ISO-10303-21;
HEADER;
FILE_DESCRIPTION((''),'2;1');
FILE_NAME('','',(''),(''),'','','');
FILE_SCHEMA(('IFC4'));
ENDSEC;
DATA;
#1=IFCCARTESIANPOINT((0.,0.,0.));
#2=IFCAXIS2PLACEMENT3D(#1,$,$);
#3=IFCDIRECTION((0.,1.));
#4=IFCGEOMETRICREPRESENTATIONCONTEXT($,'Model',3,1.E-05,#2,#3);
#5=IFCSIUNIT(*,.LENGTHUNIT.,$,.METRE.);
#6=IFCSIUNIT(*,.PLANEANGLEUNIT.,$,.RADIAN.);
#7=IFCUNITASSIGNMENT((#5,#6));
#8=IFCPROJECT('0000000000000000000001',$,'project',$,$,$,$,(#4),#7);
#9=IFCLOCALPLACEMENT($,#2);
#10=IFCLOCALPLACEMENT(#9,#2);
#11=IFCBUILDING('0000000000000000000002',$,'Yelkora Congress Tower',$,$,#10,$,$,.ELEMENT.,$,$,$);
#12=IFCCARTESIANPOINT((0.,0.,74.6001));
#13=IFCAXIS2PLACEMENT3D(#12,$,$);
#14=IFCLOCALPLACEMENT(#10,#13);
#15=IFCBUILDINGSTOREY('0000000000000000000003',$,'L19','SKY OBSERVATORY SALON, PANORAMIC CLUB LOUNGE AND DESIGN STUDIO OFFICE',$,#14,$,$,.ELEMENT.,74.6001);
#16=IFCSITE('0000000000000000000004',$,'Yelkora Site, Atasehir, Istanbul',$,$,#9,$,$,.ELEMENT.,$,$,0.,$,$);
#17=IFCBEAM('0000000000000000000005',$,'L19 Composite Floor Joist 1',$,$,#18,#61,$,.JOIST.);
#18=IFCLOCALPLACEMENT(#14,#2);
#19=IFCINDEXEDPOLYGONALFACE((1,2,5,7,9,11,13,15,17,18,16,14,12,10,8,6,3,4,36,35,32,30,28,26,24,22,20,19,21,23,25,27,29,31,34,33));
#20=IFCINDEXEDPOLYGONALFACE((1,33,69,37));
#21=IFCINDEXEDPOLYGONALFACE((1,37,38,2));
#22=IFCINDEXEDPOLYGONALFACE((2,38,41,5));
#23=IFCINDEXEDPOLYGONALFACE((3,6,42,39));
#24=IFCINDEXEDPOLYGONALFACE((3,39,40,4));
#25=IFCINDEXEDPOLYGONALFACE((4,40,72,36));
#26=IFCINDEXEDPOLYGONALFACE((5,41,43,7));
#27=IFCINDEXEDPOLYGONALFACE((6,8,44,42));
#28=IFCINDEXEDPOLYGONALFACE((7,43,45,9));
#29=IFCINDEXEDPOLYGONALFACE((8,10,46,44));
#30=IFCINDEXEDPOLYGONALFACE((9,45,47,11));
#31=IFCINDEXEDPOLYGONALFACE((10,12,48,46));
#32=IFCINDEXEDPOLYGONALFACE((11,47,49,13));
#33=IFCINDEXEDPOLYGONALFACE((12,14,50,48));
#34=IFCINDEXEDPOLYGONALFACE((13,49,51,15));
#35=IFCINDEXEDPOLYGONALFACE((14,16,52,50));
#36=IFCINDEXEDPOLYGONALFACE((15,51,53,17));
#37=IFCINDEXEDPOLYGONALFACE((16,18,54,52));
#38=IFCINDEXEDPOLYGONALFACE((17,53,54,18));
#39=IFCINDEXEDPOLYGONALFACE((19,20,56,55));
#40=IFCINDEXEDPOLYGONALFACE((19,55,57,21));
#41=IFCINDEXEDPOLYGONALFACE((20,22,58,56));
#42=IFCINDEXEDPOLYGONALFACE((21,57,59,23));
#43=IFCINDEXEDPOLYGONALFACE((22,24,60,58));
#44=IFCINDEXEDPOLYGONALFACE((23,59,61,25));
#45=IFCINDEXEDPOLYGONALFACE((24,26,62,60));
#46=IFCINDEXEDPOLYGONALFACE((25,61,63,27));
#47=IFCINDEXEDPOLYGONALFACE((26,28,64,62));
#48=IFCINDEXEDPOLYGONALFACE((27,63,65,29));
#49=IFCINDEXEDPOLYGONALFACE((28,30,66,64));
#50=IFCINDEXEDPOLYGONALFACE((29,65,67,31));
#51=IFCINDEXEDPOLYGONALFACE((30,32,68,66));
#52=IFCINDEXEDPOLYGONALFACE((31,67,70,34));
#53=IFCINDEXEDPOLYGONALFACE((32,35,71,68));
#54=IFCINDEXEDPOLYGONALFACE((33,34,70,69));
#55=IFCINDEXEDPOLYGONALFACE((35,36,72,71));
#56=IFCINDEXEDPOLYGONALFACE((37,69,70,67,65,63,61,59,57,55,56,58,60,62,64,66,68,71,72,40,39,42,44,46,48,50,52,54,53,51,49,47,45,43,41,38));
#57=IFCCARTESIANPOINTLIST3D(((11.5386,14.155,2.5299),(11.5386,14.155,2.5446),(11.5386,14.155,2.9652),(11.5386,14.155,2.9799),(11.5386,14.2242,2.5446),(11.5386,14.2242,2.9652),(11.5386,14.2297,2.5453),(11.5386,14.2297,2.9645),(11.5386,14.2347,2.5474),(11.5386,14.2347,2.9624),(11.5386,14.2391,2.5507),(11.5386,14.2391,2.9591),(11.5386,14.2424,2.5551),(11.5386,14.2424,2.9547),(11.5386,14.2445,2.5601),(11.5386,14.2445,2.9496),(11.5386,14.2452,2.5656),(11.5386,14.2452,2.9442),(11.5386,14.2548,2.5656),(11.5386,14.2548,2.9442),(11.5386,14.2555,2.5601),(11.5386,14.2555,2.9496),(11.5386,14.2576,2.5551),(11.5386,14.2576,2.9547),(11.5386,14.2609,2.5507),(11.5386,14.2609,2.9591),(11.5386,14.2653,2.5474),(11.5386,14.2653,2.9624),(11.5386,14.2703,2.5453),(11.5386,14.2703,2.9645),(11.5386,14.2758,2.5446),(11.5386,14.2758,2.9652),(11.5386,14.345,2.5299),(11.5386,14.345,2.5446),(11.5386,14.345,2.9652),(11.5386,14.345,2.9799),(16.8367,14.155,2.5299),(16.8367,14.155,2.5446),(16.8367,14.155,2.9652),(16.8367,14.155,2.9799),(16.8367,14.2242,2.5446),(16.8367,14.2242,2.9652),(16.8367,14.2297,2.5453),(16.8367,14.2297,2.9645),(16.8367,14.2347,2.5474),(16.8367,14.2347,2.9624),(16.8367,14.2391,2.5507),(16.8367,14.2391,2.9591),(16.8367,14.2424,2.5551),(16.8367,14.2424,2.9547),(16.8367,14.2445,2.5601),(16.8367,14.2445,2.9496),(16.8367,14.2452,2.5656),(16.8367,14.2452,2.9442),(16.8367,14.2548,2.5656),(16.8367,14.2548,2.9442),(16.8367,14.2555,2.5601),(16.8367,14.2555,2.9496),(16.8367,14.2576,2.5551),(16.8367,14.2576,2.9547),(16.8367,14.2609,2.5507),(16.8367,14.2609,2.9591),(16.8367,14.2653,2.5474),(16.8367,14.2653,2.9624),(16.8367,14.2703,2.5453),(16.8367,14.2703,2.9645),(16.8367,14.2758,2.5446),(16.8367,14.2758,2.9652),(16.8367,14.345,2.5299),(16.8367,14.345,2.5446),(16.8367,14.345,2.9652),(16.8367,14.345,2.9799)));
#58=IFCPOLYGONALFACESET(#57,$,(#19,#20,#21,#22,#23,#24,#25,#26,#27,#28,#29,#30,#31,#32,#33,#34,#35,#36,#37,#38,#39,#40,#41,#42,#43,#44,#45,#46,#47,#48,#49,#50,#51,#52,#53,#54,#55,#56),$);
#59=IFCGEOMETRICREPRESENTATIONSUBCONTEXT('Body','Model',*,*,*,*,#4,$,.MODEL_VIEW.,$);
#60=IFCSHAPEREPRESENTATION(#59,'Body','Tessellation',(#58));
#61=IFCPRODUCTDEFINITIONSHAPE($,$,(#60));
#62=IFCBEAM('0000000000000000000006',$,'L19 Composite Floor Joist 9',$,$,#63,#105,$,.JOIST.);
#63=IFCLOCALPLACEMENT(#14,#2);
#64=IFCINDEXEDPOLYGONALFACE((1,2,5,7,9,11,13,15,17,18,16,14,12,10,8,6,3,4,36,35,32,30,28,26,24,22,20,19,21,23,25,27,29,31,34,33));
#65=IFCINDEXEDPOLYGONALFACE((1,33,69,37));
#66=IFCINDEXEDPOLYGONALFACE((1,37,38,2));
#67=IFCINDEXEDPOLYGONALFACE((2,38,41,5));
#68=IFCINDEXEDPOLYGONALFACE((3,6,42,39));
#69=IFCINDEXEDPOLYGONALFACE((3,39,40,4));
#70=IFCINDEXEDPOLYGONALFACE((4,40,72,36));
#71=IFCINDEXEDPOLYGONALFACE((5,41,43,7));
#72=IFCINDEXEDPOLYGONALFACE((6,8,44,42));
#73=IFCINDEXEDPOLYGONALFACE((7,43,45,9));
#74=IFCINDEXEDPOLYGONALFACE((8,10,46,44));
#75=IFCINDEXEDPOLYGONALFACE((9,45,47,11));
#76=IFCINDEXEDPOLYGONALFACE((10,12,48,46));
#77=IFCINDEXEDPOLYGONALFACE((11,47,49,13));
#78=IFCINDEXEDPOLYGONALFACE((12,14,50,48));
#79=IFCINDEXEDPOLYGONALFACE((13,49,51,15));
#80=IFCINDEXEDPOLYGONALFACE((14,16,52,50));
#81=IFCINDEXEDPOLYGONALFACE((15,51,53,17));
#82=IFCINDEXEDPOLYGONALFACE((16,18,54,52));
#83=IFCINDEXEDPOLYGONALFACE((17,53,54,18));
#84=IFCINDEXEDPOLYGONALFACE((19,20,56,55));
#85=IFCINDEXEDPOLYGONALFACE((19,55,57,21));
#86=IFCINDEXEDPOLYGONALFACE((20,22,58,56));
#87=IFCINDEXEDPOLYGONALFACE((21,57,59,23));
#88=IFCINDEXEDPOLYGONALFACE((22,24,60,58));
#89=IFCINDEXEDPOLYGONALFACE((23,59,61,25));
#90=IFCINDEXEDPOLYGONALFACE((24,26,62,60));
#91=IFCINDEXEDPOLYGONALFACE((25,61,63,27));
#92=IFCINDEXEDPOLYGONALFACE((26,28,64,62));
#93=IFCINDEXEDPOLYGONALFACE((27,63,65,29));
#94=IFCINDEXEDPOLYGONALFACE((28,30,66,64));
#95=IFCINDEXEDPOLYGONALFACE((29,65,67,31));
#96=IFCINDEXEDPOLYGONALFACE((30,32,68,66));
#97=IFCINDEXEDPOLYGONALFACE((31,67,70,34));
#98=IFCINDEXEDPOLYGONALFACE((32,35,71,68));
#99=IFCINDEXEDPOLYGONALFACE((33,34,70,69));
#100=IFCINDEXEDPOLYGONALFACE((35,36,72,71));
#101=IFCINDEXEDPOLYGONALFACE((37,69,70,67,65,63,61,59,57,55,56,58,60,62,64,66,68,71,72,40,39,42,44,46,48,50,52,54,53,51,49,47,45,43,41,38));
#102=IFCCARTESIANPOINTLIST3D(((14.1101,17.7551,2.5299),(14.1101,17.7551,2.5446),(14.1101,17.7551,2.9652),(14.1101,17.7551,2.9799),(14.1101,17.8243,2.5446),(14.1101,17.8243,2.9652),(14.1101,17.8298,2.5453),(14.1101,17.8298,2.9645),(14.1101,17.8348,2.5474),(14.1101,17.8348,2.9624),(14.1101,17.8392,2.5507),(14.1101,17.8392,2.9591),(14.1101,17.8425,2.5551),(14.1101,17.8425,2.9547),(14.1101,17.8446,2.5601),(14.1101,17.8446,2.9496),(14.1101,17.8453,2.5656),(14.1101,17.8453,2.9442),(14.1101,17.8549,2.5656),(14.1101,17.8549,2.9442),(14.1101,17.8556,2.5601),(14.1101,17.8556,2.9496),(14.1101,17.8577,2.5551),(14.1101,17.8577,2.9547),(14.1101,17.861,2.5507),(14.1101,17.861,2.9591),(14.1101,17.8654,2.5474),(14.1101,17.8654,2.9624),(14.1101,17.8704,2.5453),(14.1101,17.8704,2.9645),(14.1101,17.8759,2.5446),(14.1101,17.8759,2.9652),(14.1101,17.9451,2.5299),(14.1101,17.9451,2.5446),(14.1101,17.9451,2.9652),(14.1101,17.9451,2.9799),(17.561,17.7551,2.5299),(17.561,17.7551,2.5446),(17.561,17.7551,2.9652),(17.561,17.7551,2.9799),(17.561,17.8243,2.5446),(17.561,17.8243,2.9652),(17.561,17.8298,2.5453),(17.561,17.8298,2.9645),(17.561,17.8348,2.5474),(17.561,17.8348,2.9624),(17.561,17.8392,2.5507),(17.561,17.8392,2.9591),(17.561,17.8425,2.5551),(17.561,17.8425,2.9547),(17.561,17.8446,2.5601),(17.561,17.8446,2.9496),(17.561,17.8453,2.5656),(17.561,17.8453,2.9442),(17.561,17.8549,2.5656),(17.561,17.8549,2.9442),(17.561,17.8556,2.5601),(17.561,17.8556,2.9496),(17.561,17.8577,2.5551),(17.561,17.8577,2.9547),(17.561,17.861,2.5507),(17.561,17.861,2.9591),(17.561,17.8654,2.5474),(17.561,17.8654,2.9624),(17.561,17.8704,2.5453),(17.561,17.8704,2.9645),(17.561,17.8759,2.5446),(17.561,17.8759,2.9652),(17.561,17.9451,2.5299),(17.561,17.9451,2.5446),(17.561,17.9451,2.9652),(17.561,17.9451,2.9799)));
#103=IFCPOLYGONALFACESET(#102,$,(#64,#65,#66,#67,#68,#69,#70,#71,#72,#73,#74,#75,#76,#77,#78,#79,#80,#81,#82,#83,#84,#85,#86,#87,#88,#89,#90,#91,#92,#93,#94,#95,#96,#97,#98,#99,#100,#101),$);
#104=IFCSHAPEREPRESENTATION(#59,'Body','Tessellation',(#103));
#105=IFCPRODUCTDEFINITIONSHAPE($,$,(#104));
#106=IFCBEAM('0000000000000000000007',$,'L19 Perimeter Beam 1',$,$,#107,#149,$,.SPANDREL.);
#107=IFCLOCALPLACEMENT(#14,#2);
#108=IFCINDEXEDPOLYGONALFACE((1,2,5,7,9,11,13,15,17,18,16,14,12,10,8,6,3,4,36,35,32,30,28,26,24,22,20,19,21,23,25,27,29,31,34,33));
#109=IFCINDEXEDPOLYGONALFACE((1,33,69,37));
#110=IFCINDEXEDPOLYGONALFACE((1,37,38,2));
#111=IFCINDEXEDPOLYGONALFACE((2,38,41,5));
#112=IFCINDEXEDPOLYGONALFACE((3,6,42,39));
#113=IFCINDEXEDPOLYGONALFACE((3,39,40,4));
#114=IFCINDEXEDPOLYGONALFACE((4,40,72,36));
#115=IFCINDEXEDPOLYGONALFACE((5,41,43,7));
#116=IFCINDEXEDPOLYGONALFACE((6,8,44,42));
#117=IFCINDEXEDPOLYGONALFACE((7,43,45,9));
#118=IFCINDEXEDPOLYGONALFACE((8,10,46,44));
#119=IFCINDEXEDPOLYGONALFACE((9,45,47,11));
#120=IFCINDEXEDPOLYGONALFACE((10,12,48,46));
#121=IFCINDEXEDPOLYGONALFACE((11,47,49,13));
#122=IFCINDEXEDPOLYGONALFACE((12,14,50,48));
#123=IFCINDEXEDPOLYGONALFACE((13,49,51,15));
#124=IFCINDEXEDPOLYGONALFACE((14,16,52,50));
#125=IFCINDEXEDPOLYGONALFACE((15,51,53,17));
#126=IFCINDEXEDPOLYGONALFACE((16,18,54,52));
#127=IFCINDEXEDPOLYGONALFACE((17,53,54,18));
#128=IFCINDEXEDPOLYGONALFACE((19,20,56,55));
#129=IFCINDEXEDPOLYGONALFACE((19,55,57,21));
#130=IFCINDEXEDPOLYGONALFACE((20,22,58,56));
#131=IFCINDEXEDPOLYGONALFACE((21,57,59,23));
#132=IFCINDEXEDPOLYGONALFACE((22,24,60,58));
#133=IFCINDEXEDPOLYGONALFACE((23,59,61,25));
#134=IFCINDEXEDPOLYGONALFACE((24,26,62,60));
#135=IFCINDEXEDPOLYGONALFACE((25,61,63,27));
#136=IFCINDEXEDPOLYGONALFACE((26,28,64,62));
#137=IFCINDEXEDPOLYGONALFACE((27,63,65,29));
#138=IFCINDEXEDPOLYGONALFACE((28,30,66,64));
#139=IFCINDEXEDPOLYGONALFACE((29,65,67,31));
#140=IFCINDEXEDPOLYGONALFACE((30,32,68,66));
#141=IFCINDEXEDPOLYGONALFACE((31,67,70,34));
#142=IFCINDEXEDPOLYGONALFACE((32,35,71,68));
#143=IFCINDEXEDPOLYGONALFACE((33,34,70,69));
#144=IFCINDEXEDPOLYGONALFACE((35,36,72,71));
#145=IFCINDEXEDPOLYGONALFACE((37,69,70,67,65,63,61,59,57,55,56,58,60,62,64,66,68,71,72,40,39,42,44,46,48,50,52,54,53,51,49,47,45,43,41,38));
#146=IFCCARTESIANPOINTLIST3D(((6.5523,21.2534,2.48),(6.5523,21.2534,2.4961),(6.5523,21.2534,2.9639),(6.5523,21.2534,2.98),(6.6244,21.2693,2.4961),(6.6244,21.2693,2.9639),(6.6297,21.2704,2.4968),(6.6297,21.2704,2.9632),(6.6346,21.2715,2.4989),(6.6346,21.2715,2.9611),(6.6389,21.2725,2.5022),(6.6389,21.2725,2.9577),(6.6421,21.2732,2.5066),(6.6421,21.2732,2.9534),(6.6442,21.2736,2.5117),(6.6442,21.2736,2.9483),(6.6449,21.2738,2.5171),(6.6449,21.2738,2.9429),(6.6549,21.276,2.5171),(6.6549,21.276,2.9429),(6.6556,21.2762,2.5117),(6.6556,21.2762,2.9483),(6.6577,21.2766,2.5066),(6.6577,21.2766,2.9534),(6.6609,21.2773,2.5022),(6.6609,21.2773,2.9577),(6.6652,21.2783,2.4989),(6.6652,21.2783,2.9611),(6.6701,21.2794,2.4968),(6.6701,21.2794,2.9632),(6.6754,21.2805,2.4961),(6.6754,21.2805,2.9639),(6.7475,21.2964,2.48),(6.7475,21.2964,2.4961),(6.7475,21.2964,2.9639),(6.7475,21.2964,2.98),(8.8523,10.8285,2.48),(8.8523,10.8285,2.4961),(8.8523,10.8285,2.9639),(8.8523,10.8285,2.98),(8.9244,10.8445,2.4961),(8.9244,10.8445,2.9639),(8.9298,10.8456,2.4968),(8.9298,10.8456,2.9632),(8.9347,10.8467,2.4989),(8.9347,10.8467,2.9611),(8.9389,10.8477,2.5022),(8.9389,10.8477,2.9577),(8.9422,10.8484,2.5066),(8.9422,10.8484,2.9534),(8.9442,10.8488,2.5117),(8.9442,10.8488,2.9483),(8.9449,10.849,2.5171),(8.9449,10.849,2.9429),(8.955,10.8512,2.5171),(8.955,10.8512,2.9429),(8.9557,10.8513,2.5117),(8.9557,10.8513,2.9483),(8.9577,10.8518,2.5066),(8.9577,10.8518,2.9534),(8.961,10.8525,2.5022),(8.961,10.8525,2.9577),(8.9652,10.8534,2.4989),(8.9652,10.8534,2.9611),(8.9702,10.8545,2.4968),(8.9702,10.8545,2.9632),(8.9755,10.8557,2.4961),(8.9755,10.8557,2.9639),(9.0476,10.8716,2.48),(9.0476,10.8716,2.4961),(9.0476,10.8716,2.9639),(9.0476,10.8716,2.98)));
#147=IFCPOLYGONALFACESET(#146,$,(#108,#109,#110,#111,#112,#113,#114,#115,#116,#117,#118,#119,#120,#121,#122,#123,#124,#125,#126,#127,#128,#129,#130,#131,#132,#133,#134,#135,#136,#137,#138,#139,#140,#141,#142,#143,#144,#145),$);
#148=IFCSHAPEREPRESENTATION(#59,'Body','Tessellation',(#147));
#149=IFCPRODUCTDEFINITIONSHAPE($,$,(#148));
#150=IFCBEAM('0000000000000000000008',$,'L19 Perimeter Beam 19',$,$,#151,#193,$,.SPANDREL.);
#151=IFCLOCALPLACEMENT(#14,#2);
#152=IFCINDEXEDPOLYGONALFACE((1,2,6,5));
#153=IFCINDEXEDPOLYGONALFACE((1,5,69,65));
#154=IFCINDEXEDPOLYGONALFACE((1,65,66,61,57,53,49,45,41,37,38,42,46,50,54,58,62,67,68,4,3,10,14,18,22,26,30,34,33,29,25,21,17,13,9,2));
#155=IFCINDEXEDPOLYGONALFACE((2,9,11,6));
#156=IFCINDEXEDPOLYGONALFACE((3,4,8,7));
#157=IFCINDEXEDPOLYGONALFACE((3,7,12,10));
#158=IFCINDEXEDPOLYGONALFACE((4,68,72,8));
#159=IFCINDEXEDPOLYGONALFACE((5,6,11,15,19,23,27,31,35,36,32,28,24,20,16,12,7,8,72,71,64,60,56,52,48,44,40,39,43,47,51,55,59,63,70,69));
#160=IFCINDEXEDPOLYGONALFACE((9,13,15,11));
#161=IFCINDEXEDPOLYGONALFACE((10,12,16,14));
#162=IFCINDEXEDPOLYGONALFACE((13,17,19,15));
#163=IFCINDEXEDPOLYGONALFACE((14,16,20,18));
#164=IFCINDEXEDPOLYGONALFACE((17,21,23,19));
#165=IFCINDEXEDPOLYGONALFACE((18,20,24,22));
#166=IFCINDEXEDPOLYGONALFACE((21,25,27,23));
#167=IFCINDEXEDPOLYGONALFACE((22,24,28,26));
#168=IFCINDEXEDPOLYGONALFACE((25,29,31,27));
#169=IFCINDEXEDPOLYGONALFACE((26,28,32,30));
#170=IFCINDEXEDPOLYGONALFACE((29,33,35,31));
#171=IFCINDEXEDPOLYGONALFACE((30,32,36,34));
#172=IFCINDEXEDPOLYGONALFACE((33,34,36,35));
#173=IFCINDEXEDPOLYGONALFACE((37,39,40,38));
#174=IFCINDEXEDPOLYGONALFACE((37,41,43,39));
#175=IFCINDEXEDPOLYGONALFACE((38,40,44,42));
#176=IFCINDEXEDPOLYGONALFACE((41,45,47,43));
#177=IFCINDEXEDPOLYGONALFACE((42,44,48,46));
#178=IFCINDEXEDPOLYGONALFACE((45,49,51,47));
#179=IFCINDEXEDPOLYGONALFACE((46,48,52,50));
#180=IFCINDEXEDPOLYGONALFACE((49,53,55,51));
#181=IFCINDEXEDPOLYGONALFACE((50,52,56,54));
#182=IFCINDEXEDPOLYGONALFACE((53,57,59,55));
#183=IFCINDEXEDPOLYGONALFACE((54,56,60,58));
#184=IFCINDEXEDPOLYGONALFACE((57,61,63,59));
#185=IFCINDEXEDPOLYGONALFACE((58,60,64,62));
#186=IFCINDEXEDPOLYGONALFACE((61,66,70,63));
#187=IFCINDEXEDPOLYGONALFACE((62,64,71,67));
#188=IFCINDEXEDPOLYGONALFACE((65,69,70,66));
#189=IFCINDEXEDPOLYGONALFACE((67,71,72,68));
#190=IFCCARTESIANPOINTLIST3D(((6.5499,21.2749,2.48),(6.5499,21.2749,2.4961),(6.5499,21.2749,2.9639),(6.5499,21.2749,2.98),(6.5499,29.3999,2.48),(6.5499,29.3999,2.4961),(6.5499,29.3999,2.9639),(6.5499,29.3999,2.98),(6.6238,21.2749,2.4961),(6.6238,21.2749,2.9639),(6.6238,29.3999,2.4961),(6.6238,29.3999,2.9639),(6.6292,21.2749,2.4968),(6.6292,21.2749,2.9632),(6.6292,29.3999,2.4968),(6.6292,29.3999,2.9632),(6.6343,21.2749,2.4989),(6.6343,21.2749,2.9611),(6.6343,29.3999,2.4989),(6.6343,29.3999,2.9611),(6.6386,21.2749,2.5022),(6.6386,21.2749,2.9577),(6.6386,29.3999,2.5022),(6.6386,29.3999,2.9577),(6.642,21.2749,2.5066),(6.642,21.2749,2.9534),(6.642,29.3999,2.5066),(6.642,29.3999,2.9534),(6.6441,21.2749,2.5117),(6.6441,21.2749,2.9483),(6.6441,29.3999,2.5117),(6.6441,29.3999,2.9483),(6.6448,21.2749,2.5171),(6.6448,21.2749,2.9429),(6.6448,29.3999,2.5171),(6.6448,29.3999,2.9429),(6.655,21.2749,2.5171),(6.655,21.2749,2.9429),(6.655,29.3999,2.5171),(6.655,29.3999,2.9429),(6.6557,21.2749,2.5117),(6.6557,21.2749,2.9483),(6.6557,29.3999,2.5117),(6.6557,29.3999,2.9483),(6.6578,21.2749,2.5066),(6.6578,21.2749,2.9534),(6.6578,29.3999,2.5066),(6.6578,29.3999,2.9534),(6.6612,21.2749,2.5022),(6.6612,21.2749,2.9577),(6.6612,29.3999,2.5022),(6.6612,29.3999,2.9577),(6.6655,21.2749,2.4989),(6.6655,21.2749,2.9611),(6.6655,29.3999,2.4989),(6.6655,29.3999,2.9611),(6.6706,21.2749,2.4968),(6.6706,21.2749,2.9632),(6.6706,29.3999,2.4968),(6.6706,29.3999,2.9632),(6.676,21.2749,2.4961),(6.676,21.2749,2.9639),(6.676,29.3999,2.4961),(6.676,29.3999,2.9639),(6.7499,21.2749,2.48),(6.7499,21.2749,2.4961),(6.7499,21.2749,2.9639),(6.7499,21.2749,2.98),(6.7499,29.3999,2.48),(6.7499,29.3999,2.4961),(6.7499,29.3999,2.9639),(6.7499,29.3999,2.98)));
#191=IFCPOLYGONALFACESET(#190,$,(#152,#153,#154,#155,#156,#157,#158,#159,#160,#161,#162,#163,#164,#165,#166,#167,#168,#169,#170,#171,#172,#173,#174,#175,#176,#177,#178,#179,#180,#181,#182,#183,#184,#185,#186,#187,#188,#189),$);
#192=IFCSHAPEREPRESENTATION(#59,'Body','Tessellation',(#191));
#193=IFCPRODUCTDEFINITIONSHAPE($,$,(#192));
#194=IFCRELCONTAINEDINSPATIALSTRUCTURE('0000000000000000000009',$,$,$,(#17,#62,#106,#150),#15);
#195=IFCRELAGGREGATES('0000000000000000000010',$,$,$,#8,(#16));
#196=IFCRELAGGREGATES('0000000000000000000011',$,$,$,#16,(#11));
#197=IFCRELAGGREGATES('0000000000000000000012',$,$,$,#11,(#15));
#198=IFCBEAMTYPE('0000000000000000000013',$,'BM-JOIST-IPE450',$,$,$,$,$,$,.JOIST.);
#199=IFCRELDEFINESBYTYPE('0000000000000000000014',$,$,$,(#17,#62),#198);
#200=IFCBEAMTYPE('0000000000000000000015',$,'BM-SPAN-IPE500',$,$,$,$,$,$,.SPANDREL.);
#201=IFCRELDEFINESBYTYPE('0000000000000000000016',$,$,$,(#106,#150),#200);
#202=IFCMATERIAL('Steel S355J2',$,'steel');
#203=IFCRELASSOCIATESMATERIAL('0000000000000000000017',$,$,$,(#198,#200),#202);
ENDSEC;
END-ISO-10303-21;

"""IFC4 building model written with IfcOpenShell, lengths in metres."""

from ifc_helpers import new_model, si_unit, direction, frame, origin, origin_2d, place, context, subcontext, project, spatial, i_section, extrude, material, material_profile, profile_set, type_object, element, save


model = new_model("IFC4")

# Units and contexts
model_context = context("Model", 3, precision=1e-05, world=origin(), true_north=direction((0.0, 1.0)))
body_context = subcontext(model_context, "Body", "Model", "MODEL_VIEW")
ifc_project = project(units=[si_unit("LENGTHUNIT", "METRE"), si_unit("PLANEANGLEUNIT", "RADIAN")], contexts=[model_context])

# Site, building, storey
site_placement = place(None, origin())
site = spatial("IfcSite", under=ifc_project, at=site_placement, Name="Yelkora Site, Atasehir, Istanbul", CompositionType="ELEMENT", RefElevation=0.0)
building_placement = place(site_placement, origin())
building = spatial("IfcBuilding", under=site, at=building_placement, Name="Yelkora Congress Tower", CompositionType="ELEMENT")
storey_placement = place(building_placement, frame((0.0, 0.0, 74.6001)))
storey = spatial("IfcBuildingStorey", under=building, at=storey_placement, Name="L19", Description="SKY OBSERVATORY SALON, PANORAMIC CLUB LOUNGE AND DESIGN STUDIO OFFICE", CompositionType="ELEMENT", Elevation=74.6001)

# Beams
ifc_material_1 = material(Name="Steel S355J2", Category="steel")
ifc_material_profile_1 = material_profile(ifc_material_1, i_section(OverallWidth=0.1899, OverallDepth=0.45, WebThickness=0.0095, FlangeThickness=0.0146, FilletRadius=0.021, at=origin_2d()), Name="IPE 450")
ifc_profile_set_1 = profile_set([ifc_material_profile_1], Name="Steel S355J2")
beam_type_1 = type_object("IfcBeamType", Name="BM-JOIST-IPE450", PredefinedType="JOIST", material=ifc_profile_set_1)
beam_1_placement = place(storey_placement, frame((11.5386, 14.25, 2.7549), z_axis=(1.0, 0.0, 0.0), x_axis=(0.0, 1.0, 0.0)))
element("IfcBeam", 1, at=beam_1_placement, inside=storey, type_object=beam_type_1, Name="L19 Composite Floor Joist 1", PredefinedType="JOIST", context=body_context, shape_type="SweptSolid", body=[
    extrude(i_section(OverallWidth=0.1899, OverallDepth=0.45, WebThickness=0.0095, FlangeThickness=0.0146, FilletRadius=0.021, at=origin_2d()), origin(), (0.0, 0.0, 1.0), 5.2981),
])
beam_2_placement = place(storey_placement, frame((14.1101, 17.8501, 2.7549), z_axis=(1.0, 0.0, 0.0), x_axis=(0.0, 1.0, 0.0)))
element("IfcBeam", 2, at=beam_2_placement, inside=storey, type_object=beam_type_1, Name="L19 Composite Floor Joist 9", PredefinedType="JOIST", context=body_context, shape_type="SweptSolid", body=[
    extrude(i_section(OverallWidth=0.1899, OverallDepth=0.45, WebThickness=0.0095, FlangeThickness=0.0146, FilletRadius=0.021, at=origin_2d()), origin(), (0.0, 0.0, 1.0), 3.4509),
])
ifc_material_profile_2 = material_profile(ifc_material_1, i_section(OverallWidth=0.2, OverallDepth=0.5, WebThickness=0.0103, FlangeThickness=0.0161, FilletRadius=0.021, at=origin_2d()), Name="IPE 500")
ifc_profile_set_2 = profile_set([ifc_material_profile_2], Name="Steel S355J2")
beam_type_2 = type_object("IfcBeamType", Name="BM-SPAN-IPE500", PredefinedType="SPANDREL", material=ifc_profile_set_2)
beam_3_placement = place(storey_placement, frame((6.6499, 21.2749, 2.73), z_axis=(0.215451, -0.976515, 0.0), x_axis=(0.976515, 0.215451, 0.0)))
element("IfcBeam", 3, at=beam_3_placement, inside=storey, type_object=beam_type_2, Name="L19 Perimeter Beam 1", PredefinedType="SPANDREL", context=body_context, shape_type="SweptSolid", body=[
    extrude(i_section(OverallWidth=0.2, OverallDepth=0.5, WebThickness=0.0103, FlangeThickness=0.0161, FilletRadius=0.021, at=origin_2d()), origin(), (0.0, 0.0, 1.0), 10.6755),
])
beam_4_placement = place(storey_placement, frame((6.6499, 29.3999, 2.73), z_axis=(0.0, -1.0, 0.0), x_axis=(1.0, 0.0, 0.0)))
element("IfcBeam", 4, at=beam_4_placement, inside=storey, type_object=beam_type_2, Name="L19 Perimeter Beam 19", PredefinedType="SPANDREL", context=body_context, shape_type="SweptSolid", body=[
    extrude(i_section(OverallWidth=0.2, OverallDepth=0.5, WebThickness=0.0103, FlangeThickness=0.0161, FilletRadius=0.021, at=origin_2d()), origin(), (0.0, 0.0, 1.0), 8.125),
])

save(model, "model.ifc")
